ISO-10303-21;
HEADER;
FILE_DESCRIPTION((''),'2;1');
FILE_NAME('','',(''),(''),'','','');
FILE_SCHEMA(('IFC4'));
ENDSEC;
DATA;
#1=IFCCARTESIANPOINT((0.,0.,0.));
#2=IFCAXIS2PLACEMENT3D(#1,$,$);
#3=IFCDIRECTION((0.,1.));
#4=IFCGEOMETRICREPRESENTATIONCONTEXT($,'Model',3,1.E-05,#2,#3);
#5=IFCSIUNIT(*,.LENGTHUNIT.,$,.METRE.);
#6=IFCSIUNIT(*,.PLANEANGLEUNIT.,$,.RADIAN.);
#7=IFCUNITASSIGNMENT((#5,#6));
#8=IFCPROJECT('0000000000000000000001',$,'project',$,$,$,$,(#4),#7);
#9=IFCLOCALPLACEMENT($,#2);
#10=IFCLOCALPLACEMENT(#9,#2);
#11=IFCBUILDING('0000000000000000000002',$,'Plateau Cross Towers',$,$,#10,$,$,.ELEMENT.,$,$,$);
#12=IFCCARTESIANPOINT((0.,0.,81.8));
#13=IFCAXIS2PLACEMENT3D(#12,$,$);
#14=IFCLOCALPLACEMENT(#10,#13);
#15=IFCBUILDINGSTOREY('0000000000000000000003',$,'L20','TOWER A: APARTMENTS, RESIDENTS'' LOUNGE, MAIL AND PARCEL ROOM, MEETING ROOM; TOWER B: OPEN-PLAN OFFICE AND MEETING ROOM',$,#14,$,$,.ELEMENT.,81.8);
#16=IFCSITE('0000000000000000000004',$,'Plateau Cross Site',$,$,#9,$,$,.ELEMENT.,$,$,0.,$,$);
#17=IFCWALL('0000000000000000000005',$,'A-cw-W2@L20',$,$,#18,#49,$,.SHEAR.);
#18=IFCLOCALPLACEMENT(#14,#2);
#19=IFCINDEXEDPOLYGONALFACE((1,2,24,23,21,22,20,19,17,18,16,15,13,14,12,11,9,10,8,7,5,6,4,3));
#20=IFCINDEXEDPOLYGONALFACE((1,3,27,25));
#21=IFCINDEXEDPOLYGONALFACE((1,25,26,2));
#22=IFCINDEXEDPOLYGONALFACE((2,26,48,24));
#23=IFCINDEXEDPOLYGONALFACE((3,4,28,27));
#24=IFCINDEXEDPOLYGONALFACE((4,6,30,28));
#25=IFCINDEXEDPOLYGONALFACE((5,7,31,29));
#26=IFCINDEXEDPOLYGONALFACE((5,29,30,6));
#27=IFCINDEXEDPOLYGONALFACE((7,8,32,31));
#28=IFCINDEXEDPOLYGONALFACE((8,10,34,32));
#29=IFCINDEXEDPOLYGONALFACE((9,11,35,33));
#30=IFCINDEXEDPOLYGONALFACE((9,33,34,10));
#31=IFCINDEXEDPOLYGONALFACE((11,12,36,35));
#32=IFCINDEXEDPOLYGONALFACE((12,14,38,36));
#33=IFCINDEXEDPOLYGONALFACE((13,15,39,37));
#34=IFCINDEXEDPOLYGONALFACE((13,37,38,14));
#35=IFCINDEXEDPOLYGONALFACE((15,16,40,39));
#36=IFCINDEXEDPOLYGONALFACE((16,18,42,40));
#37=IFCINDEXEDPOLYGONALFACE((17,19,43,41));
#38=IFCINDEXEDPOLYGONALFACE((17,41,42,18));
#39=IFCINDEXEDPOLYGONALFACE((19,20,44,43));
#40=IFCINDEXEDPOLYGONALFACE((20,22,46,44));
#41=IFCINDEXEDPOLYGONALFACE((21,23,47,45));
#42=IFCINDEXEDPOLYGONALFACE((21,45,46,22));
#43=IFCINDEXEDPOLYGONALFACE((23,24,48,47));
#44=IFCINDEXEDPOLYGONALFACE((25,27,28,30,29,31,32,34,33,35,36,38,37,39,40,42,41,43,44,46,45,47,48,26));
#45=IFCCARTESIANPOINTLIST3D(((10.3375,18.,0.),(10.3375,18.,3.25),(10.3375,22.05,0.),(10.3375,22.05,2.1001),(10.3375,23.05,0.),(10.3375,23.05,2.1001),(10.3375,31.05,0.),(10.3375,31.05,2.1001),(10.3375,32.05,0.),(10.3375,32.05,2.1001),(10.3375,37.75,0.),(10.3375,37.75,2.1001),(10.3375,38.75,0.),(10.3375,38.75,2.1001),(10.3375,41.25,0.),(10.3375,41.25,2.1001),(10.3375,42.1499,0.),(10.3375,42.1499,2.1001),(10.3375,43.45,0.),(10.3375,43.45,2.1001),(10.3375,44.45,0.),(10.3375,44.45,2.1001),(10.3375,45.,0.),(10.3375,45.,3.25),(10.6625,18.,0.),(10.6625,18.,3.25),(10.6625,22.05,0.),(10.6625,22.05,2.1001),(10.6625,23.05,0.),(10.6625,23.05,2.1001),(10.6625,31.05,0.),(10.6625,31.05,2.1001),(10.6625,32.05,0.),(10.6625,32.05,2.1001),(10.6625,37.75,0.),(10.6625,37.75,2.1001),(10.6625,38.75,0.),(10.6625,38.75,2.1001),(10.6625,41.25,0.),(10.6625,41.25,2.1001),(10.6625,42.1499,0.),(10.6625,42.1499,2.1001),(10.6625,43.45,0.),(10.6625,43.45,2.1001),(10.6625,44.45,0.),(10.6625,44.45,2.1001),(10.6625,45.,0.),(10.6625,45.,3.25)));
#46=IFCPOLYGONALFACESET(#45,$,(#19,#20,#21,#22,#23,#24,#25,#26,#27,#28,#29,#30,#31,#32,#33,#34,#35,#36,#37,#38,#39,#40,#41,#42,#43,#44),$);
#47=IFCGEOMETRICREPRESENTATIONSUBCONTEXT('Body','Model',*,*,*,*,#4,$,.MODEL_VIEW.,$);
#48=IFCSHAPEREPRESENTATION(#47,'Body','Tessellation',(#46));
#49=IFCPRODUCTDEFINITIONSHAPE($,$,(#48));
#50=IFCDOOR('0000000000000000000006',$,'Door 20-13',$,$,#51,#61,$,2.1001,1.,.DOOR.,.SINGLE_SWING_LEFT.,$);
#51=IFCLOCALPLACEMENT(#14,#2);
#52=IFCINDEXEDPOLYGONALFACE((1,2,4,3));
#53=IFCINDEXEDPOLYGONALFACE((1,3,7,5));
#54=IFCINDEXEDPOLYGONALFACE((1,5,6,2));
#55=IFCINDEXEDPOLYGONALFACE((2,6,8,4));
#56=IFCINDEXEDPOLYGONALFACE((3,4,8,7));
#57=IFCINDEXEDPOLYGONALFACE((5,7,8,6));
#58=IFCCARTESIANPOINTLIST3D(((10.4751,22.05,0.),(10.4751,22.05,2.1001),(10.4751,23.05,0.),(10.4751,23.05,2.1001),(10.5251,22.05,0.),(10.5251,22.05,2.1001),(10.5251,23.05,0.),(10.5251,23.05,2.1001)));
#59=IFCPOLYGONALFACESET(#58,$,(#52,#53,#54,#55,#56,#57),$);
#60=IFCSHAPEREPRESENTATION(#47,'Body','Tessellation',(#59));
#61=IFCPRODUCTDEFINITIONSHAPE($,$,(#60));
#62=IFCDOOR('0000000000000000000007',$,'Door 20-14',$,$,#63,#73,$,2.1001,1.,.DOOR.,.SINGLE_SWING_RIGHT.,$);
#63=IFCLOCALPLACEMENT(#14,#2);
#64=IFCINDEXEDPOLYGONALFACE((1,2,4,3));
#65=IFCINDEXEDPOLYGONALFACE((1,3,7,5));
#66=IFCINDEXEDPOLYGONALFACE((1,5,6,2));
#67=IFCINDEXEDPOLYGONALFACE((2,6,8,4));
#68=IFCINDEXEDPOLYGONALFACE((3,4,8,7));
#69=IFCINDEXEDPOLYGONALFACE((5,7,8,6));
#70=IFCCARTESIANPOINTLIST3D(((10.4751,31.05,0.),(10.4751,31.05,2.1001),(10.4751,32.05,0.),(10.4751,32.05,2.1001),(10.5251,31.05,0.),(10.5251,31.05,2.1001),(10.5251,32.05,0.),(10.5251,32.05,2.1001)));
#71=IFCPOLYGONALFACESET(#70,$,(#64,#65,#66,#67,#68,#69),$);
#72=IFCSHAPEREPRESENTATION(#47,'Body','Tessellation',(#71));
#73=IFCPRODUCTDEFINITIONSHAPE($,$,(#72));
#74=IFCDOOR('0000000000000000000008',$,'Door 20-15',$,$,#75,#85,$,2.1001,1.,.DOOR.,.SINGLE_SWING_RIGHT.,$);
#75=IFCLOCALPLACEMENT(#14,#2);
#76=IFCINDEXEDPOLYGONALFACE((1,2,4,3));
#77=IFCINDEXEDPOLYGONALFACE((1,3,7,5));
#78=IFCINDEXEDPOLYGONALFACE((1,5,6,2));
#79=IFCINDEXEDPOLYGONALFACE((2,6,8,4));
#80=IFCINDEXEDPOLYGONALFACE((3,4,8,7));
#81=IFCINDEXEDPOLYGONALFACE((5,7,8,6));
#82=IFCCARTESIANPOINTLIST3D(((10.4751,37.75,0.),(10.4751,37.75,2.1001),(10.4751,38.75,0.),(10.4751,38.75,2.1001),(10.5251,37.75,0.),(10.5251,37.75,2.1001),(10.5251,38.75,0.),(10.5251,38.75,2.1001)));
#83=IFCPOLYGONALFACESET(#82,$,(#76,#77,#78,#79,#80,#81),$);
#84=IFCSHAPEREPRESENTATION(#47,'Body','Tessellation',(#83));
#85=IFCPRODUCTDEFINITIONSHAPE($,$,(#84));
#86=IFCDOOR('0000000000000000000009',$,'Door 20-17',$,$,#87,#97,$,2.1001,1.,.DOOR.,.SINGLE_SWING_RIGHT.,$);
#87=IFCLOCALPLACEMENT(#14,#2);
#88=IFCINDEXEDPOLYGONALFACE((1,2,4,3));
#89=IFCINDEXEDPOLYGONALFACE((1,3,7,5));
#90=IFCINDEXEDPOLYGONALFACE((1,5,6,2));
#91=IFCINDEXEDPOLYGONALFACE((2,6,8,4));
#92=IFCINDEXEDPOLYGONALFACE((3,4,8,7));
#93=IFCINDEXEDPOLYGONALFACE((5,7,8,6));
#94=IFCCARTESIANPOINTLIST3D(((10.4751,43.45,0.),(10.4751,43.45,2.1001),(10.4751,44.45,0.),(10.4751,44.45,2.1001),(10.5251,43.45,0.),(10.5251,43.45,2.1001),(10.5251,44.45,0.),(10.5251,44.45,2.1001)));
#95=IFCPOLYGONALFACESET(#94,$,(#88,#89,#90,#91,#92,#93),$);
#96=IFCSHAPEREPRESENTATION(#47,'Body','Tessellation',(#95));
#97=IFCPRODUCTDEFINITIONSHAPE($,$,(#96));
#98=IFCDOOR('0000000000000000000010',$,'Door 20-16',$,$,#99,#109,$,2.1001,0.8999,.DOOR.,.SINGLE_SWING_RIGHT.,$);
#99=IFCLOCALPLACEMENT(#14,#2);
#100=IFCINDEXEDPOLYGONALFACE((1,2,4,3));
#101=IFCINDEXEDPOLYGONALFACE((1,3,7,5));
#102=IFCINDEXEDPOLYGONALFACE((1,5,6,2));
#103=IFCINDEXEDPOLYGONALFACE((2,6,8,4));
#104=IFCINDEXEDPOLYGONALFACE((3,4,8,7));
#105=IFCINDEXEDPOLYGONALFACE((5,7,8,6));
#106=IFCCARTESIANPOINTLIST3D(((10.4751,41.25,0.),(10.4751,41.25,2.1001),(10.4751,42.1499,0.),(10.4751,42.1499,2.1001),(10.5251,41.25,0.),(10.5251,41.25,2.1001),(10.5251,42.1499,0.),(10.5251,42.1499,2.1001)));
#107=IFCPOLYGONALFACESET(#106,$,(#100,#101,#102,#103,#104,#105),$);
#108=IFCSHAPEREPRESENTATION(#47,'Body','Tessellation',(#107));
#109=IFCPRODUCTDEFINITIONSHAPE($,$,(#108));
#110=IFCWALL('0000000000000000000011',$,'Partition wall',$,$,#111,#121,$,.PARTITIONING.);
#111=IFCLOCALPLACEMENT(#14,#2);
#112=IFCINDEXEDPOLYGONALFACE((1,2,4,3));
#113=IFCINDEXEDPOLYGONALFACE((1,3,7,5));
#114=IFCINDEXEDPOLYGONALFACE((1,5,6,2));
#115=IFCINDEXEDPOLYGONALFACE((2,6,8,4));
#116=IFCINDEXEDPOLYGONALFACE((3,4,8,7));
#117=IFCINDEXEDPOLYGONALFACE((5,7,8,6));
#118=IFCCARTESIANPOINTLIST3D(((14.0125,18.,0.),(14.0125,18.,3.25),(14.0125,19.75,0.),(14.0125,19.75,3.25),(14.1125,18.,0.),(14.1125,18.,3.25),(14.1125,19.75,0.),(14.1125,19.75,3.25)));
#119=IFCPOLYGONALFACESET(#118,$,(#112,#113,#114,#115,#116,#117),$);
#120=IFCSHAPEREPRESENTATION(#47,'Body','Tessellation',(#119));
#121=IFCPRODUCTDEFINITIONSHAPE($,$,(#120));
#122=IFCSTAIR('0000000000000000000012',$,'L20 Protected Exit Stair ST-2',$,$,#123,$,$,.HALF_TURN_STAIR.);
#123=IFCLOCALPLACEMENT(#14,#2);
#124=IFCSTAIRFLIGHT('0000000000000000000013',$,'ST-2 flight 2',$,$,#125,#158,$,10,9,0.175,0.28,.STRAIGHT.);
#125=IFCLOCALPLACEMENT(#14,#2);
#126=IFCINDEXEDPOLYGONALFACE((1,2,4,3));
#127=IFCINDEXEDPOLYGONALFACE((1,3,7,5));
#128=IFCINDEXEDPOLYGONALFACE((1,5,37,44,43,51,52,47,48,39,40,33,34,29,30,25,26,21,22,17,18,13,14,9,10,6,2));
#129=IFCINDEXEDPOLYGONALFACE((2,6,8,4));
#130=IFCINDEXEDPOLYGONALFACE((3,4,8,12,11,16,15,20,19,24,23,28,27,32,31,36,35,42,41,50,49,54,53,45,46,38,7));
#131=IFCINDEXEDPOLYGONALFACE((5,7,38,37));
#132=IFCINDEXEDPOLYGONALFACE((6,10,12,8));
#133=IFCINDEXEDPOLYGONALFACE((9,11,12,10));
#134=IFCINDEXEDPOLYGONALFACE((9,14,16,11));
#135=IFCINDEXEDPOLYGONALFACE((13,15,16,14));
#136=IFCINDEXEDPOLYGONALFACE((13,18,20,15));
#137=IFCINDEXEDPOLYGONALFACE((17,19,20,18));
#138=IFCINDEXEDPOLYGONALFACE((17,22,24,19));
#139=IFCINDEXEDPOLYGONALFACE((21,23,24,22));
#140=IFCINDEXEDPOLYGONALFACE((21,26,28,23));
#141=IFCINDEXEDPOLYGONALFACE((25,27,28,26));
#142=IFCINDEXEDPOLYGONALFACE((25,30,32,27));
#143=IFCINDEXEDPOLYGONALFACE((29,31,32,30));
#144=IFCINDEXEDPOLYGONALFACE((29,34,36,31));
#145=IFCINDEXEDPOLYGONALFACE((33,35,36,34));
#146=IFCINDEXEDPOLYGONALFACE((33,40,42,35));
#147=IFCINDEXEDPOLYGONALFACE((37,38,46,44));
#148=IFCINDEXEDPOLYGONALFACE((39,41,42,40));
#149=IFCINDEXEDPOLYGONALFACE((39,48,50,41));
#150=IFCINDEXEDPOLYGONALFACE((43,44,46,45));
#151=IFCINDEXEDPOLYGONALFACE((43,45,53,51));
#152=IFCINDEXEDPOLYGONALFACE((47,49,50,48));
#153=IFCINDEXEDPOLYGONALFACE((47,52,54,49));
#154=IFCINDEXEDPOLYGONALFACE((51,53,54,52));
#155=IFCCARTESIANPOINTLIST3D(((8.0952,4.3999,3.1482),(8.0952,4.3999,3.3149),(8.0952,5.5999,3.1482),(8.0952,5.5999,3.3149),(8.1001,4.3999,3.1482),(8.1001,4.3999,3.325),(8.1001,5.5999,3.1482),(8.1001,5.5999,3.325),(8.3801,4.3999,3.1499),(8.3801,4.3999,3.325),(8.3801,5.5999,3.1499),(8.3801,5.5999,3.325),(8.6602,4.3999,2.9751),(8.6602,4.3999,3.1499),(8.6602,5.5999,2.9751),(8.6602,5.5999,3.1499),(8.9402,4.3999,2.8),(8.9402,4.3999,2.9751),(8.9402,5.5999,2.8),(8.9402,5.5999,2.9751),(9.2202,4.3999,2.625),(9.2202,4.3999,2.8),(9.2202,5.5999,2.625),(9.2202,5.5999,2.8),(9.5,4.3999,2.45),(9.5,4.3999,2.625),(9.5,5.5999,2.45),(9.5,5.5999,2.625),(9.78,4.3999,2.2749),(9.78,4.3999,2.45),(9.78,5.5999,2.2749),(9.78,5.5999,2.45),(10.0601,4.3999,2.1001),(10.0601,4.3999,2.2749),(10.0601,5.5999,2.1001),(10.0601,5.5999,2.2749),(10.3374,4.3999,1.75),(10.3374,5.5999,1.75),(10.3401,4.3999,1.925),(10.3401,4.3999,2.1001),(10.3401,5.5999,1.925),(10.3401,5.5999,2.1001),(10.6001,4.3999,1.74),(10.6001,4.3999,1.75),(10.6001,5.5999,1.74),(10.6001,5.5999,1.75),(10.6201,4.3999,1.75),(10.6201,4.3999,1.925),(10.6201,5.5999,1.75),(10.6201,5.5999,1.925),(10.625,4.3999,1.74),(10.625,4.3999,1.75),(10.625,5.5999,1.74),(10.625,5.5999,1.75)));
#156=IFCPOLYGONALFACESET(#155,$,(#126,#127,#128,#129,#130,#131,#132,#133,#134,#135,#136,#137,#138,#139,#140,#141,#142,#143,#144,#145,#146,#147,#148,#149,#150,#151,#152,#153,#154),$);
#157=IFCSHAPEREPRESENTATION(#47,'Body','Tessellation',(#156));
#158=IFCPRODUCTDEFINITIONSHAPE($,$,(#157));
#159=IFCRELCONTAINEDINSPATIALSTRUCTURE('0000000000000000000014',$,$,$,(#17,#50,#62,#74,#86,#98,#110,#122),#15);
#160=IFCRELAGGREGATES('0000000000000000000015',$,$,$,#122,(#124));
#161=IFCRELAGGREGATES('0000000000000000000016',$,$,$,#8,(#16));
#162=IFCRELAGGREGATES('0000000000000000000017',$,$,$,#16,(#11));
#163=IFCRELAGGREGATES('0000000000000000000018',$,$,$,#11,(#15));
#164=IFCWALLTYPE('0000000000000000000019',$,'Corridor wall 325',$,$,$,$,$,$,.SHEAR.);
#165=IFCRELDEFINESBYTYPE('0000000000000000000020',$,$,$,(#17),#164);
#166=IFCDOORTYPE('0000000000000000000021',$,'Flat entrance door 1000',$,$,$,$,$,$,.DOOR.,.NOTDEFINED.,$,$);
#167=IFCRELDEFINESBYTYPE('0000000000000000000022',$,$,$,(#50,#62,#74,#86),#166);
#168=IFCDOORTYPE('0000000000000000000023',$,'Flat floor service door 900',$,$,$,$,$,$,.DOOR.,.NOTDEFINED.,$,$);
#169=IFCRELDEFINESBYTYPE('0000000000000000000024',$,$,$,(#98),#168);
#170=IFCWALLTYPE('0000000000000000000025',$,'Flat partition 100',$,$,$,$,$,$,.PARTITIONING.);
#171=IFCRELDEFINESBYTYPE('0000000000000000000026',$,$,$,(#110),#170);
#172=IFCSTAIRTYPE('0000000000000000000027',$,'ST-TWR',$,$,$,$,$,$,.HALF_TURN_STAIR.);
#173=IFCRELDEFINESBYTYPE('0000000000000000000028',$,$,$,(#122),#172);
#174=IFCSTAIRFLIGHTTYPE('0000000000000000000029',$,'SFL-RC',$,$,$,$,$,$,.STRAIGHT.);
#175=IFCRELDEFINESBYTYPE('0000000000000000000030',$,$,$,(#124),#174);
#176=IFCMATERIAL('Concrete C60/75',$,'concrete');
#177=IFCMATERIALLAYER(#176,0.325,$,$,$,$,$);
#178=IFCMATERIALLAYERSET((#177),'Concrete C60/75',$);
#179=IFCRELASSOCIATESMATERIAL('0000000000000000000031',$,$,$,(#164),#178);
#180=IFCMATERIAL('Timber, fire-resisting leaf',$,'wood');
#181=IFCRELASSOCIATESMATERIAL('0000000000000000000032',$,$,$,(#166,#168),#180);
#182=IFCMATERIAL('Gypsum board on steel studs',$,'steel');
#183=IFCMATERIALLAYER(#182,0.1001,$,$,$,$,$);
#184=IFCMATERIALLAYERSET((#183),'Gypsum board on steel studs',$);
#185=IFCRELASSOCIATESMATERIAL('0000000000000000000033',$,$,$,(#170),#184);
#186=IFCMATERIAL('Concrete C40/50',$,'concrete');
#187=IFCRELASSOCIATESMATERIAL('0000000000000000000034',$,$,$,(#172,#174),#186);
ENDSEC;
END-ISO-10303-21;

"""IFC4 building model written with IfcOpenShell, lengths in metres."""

from ifc_helpers import new_model, si_unit, direction, frame, frame_2d, origin, place, context, subcontext, project, spatial, polyline, rectangle, outline, extrude, material, layer, layer_set, type_object, element, fill, aggregate, save


model = new_model("IFC4")

# Units and contexts
model_context = context("Model", 3, precision=1e-05, world=origin(), true_north=direction((0.0, 1.0)))
body_context = subcontext(model_context, "Body", "Model", "MODEL_VIEW")
ifc_project = project(units=[si_unit("LENGTHUNIT", "METRE"), si_unit("PLANEANGLEUNIT", "RADIAN")], contexts=[model_context])

# Site, building, storey
site_placement = place(None, origin())
site = spatial("IfcSite", under=ifc_project, at=site_placement, Name="Plateau Cross Site", CompositionType="ELEMENT", RefElevation=0.0)
building_placement = place(site_placement, origin())
building = spatial("IfcBuilding", under=site, at=building_placement, Name="Plateau Cross Towers", CompositionType="ELEMENT")
storey_placement = place(building_placement, frame((0.0, 0.0, 81.8)))
storey = spatial("IfcBuildingStorey", under=building, at=storey_placement, Name="L20", Description="TOWER A: APARTMENTS, RESIDENTS' LOUNGE, MAIL AND PARCEL ROOM, MEETING ROOM; TOWER B: OPEN-PLAN OFFICE AND MEETING ROOM", CompositionType="ELEMENT", Elevation=81.8)

# Shared definitions
ifc_material_1 = material(Name="Concrete C60/75", Category="concrete")

# Shared definitions
ifc_material_2 = material(Name="Timber, fire-resisting leaf", Category="wood")

# Wall, openings, doors
ifc_layer_1 = layer(ifc_material_1, 0.325)
ifc_layer_set_1 = layer_set([ifc_layer_1], Name="Concrete C60/75")
wall_type_1 = type_object("IfcWallType", Name="Corridor wall 325", PredefinedType="SHEAR", material=ifc_layer_set_1)
door_type_1 = type_object("IfcDoorType", Name="Flat entrance door 1000", OperationType="NOTDEFINED", PredefinedType="DOOR", material=ifc_material_2)
wall_1_placement = place(storey_placement, frame((10.5, 18.0, 0.0), z_axis=(0.0, 0.0, 1.0), x_axis=(0.0, 1.0, 0.0)))
wall_1 = element("IfcWall", 1, at=wall_1_placement, inside=storey, type_object=wall_type_1, Name="A-cw-W2@L20", PredefinedType="SHEAR", context=body_context, shape_type="SweptSolid", body=[
    extrude(rectangle(XDim=27.0, YDim=0.325, at=frame_2d((13.5, 0.0))), origin(), (0.0, 0.0, 1.0), 3.25),
])
opening_1_placement = place(wall_1_placement, frame((4.05, 0.0, 0.0)))
opening_1 = element("IfcOpeningElement", 2, at=opening_1_placement, cuts=wall_1, PredefinedType="OPENING", context=body_context, shape_type="SweptSolid", body=[
    extrude(rectangle(XDim=1.0, YDim=2.1001, at=frame_2d((0.5, 1.05))), frame((0.0, 0.1724, 0.0), z_axis=(0.0, -1.0, 0.0), x_axis=(1.0, 0.0, 0.0)), (0.0, 0.0, 1.0), 0.345),
])
opening_2_placement = place(wall_1_placement, frame((13.05, 0.0, 0.0)))
opening_2 = element("IfcOpeningElement", 3, at=opening_2_placement, cuts=wall_1, PredefinedType="OPENING", context=body_context, shape_type="SweptSolid", body=[
    extrude(rectangle(XDim=1.0, YDim=2.1001, at=frame_2d((0.5, 1.05))), frame((0.0, 0.1724, 0.0), z_axis=(0.0, -1.0, 0.0), x_axis=(1.0, 0.0, 0.0)), (0.0, 0.0, 1.0), 0.345),
])
opening_3_placement = place(wall_1_placement, frame((19.75, 0.0, 0.0)))
opening_3 = element("IfcOpeningElement", 4, at=opening_3_placement, cuts=wall_1, PredefinedType="OPENING", context=body_context, shape_type="SweptSolid", body=[
    extrude(rectangle(XDim=1.0, YDim=2.1001, at=frame_2d((0.5, 1.05))), frame((0.0, 0.1724, 0.0), z_axis=(0.0, -1.0, 0.0), x_axis=(1.0, 0.0, 0.0)), (0.0, 0.0, 1.0), 0.345),
])
opening_4_placement = place(wall_1_placement, frame((23.25, 0.0, 0.0)))
opening_4 = element("IfcOpeningElement", 5, at=opening_4_placement, cuts=wall_1, PredefinedType="OPENING", context=body_context, shape_type="SweptSolid", body=[
    extrude(rectangle(XDim=0.8999, YDim=2.1001, at=frame_2d((0.45, 1.05))), frame((0.0, 0.1724, 0.0), z_axis=(0.0, -1.0, 0.0), x_axis=(1.0, 0.0, 0.0)), (0.0, 0.0, 1.0), 0.345),
])
opening_5_placement = place(wall_1_placement, frame((25.45, 0.0, 0.0)))
opening_5 = element("IfcOpeningElement", 6, at=opening_5_placement, cuts=wall_1, PredefinedType="OPENING", context=body_context, shape_type="SweptSolid", body=[
    extrude(rectangle(XDim=1.0, YDim=2.1001, at=frame_2d((0.5, 1.05))), frame((0.0, 0.1724, 0.0), z_axis=(0.0, -1.0, 0.0), x_axis=(1.0, 0.0, 0.0)), (0.0, 0.0, 1.0), 0.345),
])
door_1_placement = place(opening_1_placement, origin())
door_1 = element("IfcDoor", 7, at=door_1_placement, inside=storey, type_object=door_type_1, Name="Door 20-13", OperationType="SINGLE_SWING_LEFT", OverallHeight=2.1001, OverallWidth=1.0, PredefinedType="DOOR", context=body_context, shape_type="SweptSolid", body=[
    extrude(rectangle(XDim=1.0, YDim=2.1001, at=frame_2d((0.5, 1.05))), frame((0.0, 0.0249, 0.0), z_axis=(0.0, -1.0, 0.0), x_axis=(1.0, 0.0, 0.0)), (0.0, 0.0, 1.0), 0.05),
])
fill(opening_1, door_1)
door_2_placement = place(opening_2_placement, origin())
door_2 = element("IfcDoor", 8, at=door_2_placement, inside=storey, type_object=door_type_1, Name="Door 20-14", OperationType="SINGLE_SWING_RIGHT", OverallHeight=2.1001, OverallWidth=1.0, PredefinedType="DOOR", context=body_context, shape_type="SweptSolid", body=[
    extrude(rectangle(XDim=1.0, YDim=2.1001, at=frame_2d((0.5, 1.05))), frame((0.0, 0.0249, 0.0), z_axis=(0.0, -1.0, 0.0), x_axis=(1.0, 0.0, 0.0)), (0.0, 0.0, 1.0), 0.05),
])
fill(opening_2, door_2)
door_3_placement = place(opening_3_placement, origin())
door_3 = element("IfcDoor", 9, at=door_3_placement, inside=storey, type_object=door_type_1, Name="Door 20-15", OperationType="SINGLE_SWING_RIGHT", OverallHeight=2.1001, OverallWidth=1.0, PredefinedType="DOOR", context=body_context, shape_type="SweptSolid", body=[
    extrude(rectangle(XDim=1.0, YDim=2.1001, at=frame_2d((0.5, 1.05))), frame((0.0, 0.0249, 0.0), z_axis=(0.0, -1.0, 0.0), x_axis=(1.0, 0.0, 0.0)), (0.0, 0.0, 1.0), 0.05),
])
fill(opening_3, door_3)
door_4_placement = place(opening_5_placement, origin())
door_4 = element("IfcDoor", 10, at=door_4_placement, inside=storey, type_object=door_type_1, Name="Door 20-17", OperationType="SINGLE_SWING_RIGHT", OverallHeight=2.1001, OverallWidth=1.0, PredefinedType="DOOR", context=body_context, shape_type="SweptSolid", body=[
    extrude(rectangle(XDim=1.0, YDim=2.1001, at=frame_2d((0.5, 1.05))), frame((0.0, 0.0249, 0.0), z_axis=(0.0, -1.0, 0.0), x_axis=(1.0, 0.0, 0.0)), (0.0, 0.0, 1.0), 0.05),
])
fill(opening_5, door_4)
door_type_2 = type_object("IfcDoorType", Name="Flat floor service door 900", OperationType="NOTDEFINED", PredefinedType="DOOR", material=ifc_material_2)
door_5_placement = place(opening_4_placement, origin())
door_5 = element("IfcDoor", 11, at=door_5_placement, inside=storey, type_object=door_type_2, Name="Door 20-16", OperationType="SINGLE_SWING_RIGHT", OverallHeight=2.1001, OverallWidth=0.8999, PredefinedType="DOOR", context=body_context, shape_type="SweptSolid", body=[
    extrude(rectangle(XDim=0.8999, YDim=2.1001, at=frame_2d((0.45, 1.05))), frame((0.0, 0.0249, 0.0), z_axis=(0.0, -1.0, 0.0), x_axis=(1.0, 0.0, 0.0)), (0.0, 0.0, 1.0), 0.05),
])
fill(opening_4, door_5)

# Wall
ifc_material_3 = material(Name="Gypsum board on steel studs", Category="steel")
ifc_layer_2 = layer(ifc_material_3, 0.1001)
ifc_layer_set_2 = layer_set([ifc_layer_2], Name="Gypsum board on steel studs")
wall_type_2 = type_object("IfcWallType", Name="Flat partition 100", PredefinedType="PARTITIONING", material=ifc_layer_set_2)
wall_2_placement = place(storey_placement, frame((14.0625, 18.0, 0.0), z_axis=(0.0, 0.0, 1.0), x_axis=(0.0, 1.0, 0.0)))
element("IfcWall", 12, at=wall_2_placement, inside=storey, type_object=wall_type_2, Name="Partition wall", PredefinedType="PARTITIONING", context=body_context, shape_type="SweptSolid", body=[
    extrude(rectangle(XDim=1.75, YDim=0.1001, at=frame_2d((0.875, 0.0))), origin(), (0.0, 0.0, 1.0), 3.25),
])

# Stair, stair flight
ifc_material_4 = material(Name="Concrete C40/50", Category="concrete")
stair_type = type_object("IfcStairType", Name="ST-TWR", PredefinedType="HALF_TURN_STAIR", material=ifc_material_4)
stair_placement = place(storey_placement, origin())
stair = element("IfcStair", 13, at=stair_placement, inside=storey, type_object=stair_type, Name="L20 Protected Exit Stair ST-2", PredefinedType="HALF_TURN_STAIR")
stair_flight_type = type_object("IfcStairFlightType", Name="SFL-RC", PredefinedType="STRAIGHT", material=ifc_material_4)
stair_flight_placement = place(storey_placement, frame((10.6201, 5.0, 1.75), z_axis=(0.0, 0.0, 1.0), x_axis=(-1.0, 0.0, 0.0)))
stair_flight = element("IfcStairFlight", 14, at=stair_flight_placement, type_object=stair_flight_type, Name="ST-2 flight 2", NumberOfRisers=10, NumberOfTreads=9, PredefinedType="STRAIGHT", RiserHeight=0.175, TreadLength=0.28, context=body_context, shape_type="SweptSolid", body=[
    extrude(outline(polyline([(-0.0049, -0.01), (-0.0049, 0.0), (0.0, 0.0), (0.0, 0.175), (0.28, 0.175), (0.28, 0.3501), (0.5601, 0.3501), (0.5601, 0.5249), (0.8401, 0.5249), (0.8401, 0.7), (1.1201, 0.7), (1.1201, 0.875), (1.3999, 0.875), (1.3999, 1.05), (1.6799, 1.05), (1.6799, 1.2251), (1.96, 1.2251), (1.96, 1.3999), (2.24, 1.3999), (2.24, 1.575), (2.52, 1.575), (2.5249, 1.5649), (2.5249, 1.3982), (2.52, 1.3982), (0.2827, 0.0), (0.02, 0.0), (0.02, -0.01), (-0.0049, -0.01)])), frame((0.0, 0.6001, 0.0), z_axis=(0.0, -1.0, 0.0), x_axis=(1.0, 0.0, 0.0)), (0.0, 0.0, 1.0), 1.2),
])
aggregate(stair, [stair_flight])

save(model, "model.ifc")
